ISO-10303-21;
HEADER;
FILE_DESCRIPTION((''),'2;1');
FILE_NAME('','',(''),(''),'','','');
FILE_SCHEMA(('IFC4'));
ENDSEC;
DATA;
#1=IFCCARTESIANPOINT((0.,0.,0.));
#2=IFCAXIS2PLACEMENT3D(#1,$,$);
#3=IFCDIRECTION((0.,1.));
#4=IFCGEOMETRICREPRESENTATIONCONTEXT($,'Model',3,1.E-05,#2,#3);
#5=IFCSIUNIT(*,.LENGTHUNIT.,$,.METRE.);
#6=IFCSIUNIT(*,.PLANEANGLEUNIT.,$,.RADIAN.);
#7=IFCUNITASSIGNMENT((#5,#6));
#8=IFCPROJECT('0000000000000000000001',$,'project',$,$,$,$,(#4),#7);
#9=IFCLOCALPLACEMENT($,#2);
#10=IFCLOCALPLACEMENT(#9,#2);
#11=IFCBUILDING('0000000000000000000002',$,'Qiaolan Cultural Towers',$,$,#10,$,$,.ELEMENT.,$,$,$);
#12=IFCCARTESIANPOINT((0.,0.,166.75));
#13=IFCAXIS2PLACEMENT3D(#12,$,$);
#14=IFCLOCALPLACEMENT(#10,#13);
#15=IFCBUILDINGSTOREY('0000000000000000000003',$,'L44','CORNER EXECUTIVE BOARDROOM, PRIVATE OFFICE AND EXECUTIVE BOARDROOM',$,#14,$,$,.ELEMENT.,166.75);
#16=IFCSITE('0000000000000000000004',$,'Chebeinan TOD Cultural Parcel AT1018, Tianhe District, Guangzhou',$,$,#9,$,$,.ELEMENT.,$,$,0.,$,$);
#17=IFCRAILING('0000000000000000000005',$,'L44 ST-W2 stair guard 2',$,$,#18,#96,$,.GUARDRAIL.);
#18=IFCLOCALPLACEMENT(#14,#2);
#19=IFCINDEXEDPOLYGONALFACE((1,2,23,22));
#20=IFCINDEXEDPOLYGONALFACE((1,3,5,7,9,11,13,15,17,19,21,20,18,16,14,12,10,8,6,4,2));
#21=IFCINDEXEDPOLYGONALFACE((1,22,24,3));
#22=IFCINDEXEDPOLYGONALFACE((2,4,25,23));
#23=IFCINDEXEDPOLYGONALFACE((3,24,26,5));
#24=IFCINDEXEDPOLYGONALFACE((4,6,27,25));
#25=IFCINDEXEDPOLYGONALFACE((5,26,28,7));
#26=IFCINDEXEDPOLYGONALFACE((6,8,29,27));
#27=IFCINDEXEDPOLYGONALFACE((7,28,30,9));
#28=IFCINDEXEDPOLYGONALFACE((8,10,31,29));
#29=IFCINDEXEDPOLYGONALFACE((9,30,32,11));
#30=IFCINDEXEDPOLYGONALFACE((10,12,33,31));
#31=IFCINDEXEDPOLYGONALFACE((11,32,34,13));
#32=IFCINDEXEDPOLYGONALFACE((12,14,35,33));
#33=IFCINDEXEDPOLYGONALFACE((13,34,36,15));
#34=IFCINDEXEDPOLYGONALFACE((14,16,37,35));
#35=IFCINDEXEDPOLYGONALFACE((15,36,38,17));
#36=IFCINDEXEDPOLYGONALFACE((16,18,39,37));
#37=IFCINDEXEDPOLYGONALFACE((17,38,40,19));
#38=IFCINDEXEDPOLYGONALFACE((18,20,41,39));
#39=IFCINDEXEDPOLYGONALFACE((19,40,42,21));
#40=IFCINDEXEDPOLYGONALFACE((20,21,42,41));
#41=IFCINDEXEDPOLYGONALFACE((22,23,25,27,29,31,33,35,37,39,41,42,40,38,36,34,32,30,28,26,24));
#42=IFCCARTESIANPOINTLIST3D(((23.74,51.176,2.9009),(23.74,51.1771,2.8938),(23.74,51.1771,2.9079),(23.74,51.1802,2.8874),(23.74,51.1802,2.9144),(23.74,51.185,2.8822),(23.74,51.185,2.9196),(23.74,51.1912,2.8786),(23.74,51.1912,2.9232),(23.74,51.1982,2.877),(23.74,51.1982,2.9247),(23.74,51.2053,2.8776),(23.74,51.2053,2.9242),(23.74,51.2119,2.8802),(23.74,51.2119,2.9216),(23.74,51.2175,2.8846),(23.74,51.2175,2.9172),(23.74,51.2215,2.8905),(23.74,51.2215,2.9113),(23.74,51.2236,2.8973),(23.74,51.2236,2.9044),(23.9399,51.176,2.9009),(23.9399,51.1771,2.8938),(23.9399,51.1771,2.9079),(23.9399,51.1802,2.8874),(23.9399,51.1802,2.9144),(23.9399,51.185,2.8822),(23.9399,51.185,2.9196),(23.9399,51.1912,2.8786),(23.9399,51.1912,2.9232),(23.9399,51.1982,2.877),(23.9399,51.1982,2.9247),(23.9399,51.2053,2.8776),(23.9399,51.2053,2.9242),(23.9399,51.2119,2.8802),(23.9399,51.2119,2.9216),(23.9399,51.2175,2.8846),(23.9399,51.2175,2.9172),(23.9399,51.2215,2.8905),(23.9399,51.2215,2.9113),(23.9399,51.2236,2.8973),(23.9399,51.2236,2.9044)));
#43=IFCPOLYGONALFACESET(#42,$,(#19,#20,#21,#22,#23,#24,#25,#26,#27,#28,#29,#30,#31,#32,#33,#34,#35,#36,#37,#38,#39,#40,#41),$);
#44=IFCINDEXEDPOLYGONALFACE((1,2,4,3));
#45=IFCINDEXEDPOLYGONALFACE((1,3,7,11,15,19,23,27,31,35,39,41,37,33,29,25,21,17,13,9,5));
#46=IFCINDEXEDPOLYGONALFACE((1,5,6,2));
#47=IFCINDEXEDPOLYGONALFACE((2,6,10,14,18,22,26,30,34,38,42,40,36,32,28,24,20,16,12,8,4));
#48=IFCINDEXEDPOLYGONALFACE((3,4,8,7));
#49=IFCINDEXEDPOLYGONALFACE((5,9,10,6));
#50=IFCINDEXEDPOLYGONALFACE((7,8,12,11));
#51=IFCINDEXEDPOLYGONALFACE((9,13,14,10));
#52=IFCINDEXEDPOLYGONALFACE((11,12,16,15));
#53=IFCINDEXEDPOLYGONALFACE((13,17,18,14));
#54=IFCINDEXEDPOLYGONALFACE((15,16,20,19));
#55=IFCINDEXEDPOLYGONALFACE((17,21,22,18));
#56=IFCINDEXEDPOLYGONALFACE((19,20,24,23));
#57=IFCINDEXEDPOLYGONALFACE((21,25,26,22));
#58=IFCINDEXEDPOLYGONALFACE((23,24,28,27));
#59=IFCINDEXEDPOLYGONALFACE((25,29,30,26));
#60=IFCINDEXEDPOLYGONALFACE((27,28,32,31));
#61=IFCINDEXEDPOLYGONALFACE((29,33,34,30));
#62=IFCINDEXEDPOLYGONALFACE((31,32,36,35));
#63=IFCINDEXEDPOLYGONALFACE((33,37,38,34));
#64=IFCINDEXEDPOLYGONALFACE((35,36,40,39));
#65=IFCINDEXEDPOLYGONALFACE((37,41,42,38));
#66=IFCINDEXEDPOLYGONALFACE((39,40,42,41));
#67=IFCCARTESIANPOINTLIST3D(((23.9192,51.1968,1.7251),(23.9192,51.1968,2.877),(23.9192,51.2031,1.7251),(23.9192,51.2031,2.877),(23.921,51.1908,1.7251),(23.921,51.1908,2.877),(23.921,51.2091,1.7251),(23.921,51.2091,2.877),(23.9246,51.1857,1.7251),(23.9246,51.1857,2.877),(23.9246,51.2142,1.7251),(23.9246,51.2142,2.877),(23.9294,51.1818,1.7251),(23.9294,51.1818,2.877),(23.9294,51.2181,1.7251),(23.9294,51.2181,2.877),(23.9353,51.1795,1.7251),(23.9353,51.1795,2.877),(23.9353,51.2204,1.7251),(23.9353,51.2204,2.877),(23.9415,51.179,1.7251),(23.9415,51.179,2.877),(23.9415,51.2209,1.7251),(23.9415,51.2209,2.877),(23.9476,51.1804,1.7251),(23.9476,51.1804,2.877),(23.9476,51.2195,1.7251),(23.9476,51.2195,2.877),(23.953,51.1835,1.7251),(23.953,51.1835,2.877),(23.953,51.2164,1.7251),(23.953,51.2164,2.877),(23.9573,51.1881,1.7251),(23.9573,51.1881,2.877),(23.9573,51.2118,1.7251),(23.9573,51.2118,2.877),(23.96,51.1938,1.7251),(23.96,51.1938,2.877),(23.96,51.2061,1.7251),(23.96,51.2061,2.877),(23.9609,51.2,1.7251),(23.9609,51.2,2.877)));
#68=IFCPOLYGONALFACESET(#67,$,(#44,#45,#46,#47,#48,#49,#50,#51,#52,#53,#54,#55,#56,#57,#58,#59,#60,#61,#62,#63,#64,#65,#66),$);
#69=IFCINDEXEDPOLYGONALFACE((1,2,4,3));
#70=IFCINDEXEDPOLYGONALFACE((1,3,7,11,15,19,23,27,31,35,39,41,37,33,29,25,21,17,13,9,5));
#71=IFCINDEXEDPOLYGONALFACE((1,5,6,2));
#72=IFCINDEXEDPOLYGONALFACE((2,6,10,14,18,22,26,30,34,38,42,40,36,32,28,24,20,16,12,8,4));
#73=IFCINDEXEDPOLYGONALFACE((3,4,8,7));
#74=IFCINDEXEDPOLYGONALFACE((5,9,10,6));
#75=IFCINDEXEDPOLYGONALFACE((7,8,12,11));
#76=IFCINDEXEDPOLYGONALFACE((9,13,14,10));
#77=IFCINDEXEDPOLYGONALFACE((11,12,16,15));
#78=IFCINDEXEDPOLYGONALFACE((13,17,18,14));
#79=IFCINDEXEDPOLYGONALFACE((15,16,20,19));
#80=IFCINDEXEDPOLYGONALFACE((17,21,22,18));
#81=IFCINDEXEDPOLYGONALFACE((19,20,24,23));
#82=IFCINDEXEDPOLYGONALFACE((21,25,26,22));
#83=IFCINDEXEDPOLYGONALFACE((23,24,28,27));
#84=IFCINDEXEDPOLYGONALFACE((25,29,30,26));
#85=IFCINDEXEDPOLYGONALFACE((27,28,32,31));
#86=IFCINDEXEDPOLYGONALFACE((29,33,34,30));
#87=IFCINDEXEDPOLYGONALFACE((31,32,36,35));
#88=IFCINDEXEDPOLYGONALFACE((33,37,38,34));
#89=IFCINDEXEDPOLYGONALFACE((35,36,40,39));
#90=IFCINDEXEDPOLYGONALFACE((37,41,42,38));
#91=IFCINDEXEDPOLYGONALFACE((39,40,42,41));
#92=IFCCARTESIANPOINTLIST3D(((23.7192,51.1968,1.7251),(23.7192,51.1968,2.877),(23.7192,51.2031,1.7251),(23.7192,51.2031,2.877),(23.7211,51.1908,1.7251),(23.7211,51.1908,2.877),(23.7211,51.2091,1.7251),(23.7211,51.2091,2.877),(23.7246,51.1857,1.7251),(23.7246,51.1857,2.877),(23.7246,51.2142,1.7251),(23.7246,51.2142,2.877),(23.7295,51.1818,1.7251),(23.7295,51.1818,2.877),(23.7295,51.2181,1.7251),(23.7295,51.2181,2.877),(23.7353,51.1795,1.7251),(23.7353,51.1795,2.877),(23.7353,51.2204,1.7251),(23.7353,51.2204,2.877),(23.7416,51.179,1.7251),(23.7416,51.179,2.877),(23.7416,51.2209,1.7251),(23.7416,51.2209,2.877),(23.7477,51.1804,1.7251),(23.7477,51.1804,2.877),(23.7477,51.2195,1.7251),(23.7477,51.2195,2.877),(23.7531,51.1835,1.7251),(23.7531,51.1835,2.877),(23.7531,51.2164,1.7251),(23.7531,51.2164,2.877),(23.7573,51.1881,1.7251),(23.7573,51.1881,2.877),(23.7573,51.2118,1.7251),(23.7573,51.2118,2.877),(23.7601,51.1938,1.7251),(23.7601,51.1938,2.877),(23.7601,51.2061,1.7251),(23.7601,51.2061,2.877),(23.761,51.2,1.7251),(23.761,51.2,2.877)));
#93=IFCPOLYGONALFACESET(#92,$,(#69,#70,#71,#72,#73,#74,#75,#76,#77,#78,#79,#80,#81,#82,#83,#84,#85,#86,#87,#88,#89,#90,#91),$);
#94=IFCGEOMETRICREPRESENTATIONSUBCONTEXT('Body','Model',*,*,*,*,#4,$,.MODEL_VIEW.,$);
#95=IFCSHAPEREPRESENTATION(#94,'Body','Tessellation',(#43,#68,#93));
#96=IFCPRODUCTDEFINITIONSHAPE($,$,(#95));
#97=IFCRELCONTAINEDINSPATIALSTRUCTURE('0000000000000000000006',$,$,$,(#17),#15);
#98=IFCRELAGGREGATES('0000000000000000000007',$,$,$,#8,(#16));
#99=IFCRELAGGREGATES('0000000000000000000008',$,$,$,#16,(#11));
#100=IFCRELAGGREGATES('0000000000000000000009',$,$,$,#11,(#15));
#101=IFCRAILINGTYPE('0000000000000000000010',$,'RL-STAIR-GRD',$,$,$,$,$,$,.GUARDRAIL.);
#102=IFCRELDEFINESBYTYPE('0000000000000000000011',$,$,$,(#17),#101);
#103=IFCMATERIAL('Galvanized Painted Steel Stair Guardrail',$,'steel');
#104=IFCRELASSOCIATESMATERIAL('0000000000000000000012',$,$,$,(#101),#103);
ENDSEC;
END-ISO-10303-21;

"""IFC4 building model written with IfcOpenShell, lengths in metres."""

from ifc_helpers import new_model, si_unit, direction, frame, origin, origin_2d, place, context, subcontext, project, spatial, circle, extrude, material, type_object, element, save


model = new_model("IFC4")

# Units and contexts
model_context = context("Model", 3, precision=1e-05, world=origin(), true_north=direction((0.0, 1.0)))
body_context = subcontext(model_context, "Body", "Model", "MODEL_VIEW")
ifc_project = project(units=[si_unit("LENGTHUNIT", "METRE"), si_unit("PLANEANGLEUNIT", "RADIAN")], contexts=[model_context])

# Site, building, storey
site_placement = place(None, origin())
site = spatial("IfcSite", under=ifc_project, at=site_placement, Name="Chebeinan TOD Cultural Parcel AT1018, Tianhe District, Guangzhou", CompositionType="ELEMENT", RefElevation=0.0)
building_placement = place(site_placement, origin())
building = spatial("IfcBuilding", under=site, at=building_placement, Name="Qiaolan Cultural Towers", CompositionType="ELEMENT")
storey_placement = place(building_placement, frame((0.0, 0.0, 166.75)))
storey = spatial("IfcBuildingStorey", under=building, at=storey_placement, Name="L44", Description="CORNER EXECUTIVE BOARDROOM, PRIVATE OFFICE AND EXECUTIVE BOARDROOM", CompositionType="ELEMENT", Elevation=166.75)

# Railing
ifc_material_1 = material(Name="Galvanized Painted Steel Stair Guardrail", Category="steel")
railing_type_1 = type_object("IfcRailingType", Name="RL-STAIR-GRD", PredefinedType="GUARDRAIL", material=ifc_material_1)
railing_1_placement = place(storey_placement, frame((23.9399, 51.2, 1.7251)))
element("IfcRailing", 1, at=railing_1_placement, inside=storey, type_object=railing_type_1, Name="L44 ST-W2 stair guard 2", PredefinedType="GUARDRAIL", context=body_context, shape_type="SweptSolid", body=[
    extrude(circle(Radius=0.0239, at=origin_2d()), frame((0.0, 0.0, 1.1758), z_axis=(-1.0, 0.0, 0.0), x_axis=(0.0, -1.0, 0.0)), (0.0, 0.0, 1.0), 0.2),
    extrude(circle(Radius=0.021, at=origin_2d()), origin(), (0.0, 0.0, 1.0), 1.1519),
    extrude(circle(Radius=0.021, at=origin_2d()), frame((-0.2, 0.0, 0.0)), (0.0, 0.0, 1.0), 1.1519),
])

save(model, "model.ifc")
